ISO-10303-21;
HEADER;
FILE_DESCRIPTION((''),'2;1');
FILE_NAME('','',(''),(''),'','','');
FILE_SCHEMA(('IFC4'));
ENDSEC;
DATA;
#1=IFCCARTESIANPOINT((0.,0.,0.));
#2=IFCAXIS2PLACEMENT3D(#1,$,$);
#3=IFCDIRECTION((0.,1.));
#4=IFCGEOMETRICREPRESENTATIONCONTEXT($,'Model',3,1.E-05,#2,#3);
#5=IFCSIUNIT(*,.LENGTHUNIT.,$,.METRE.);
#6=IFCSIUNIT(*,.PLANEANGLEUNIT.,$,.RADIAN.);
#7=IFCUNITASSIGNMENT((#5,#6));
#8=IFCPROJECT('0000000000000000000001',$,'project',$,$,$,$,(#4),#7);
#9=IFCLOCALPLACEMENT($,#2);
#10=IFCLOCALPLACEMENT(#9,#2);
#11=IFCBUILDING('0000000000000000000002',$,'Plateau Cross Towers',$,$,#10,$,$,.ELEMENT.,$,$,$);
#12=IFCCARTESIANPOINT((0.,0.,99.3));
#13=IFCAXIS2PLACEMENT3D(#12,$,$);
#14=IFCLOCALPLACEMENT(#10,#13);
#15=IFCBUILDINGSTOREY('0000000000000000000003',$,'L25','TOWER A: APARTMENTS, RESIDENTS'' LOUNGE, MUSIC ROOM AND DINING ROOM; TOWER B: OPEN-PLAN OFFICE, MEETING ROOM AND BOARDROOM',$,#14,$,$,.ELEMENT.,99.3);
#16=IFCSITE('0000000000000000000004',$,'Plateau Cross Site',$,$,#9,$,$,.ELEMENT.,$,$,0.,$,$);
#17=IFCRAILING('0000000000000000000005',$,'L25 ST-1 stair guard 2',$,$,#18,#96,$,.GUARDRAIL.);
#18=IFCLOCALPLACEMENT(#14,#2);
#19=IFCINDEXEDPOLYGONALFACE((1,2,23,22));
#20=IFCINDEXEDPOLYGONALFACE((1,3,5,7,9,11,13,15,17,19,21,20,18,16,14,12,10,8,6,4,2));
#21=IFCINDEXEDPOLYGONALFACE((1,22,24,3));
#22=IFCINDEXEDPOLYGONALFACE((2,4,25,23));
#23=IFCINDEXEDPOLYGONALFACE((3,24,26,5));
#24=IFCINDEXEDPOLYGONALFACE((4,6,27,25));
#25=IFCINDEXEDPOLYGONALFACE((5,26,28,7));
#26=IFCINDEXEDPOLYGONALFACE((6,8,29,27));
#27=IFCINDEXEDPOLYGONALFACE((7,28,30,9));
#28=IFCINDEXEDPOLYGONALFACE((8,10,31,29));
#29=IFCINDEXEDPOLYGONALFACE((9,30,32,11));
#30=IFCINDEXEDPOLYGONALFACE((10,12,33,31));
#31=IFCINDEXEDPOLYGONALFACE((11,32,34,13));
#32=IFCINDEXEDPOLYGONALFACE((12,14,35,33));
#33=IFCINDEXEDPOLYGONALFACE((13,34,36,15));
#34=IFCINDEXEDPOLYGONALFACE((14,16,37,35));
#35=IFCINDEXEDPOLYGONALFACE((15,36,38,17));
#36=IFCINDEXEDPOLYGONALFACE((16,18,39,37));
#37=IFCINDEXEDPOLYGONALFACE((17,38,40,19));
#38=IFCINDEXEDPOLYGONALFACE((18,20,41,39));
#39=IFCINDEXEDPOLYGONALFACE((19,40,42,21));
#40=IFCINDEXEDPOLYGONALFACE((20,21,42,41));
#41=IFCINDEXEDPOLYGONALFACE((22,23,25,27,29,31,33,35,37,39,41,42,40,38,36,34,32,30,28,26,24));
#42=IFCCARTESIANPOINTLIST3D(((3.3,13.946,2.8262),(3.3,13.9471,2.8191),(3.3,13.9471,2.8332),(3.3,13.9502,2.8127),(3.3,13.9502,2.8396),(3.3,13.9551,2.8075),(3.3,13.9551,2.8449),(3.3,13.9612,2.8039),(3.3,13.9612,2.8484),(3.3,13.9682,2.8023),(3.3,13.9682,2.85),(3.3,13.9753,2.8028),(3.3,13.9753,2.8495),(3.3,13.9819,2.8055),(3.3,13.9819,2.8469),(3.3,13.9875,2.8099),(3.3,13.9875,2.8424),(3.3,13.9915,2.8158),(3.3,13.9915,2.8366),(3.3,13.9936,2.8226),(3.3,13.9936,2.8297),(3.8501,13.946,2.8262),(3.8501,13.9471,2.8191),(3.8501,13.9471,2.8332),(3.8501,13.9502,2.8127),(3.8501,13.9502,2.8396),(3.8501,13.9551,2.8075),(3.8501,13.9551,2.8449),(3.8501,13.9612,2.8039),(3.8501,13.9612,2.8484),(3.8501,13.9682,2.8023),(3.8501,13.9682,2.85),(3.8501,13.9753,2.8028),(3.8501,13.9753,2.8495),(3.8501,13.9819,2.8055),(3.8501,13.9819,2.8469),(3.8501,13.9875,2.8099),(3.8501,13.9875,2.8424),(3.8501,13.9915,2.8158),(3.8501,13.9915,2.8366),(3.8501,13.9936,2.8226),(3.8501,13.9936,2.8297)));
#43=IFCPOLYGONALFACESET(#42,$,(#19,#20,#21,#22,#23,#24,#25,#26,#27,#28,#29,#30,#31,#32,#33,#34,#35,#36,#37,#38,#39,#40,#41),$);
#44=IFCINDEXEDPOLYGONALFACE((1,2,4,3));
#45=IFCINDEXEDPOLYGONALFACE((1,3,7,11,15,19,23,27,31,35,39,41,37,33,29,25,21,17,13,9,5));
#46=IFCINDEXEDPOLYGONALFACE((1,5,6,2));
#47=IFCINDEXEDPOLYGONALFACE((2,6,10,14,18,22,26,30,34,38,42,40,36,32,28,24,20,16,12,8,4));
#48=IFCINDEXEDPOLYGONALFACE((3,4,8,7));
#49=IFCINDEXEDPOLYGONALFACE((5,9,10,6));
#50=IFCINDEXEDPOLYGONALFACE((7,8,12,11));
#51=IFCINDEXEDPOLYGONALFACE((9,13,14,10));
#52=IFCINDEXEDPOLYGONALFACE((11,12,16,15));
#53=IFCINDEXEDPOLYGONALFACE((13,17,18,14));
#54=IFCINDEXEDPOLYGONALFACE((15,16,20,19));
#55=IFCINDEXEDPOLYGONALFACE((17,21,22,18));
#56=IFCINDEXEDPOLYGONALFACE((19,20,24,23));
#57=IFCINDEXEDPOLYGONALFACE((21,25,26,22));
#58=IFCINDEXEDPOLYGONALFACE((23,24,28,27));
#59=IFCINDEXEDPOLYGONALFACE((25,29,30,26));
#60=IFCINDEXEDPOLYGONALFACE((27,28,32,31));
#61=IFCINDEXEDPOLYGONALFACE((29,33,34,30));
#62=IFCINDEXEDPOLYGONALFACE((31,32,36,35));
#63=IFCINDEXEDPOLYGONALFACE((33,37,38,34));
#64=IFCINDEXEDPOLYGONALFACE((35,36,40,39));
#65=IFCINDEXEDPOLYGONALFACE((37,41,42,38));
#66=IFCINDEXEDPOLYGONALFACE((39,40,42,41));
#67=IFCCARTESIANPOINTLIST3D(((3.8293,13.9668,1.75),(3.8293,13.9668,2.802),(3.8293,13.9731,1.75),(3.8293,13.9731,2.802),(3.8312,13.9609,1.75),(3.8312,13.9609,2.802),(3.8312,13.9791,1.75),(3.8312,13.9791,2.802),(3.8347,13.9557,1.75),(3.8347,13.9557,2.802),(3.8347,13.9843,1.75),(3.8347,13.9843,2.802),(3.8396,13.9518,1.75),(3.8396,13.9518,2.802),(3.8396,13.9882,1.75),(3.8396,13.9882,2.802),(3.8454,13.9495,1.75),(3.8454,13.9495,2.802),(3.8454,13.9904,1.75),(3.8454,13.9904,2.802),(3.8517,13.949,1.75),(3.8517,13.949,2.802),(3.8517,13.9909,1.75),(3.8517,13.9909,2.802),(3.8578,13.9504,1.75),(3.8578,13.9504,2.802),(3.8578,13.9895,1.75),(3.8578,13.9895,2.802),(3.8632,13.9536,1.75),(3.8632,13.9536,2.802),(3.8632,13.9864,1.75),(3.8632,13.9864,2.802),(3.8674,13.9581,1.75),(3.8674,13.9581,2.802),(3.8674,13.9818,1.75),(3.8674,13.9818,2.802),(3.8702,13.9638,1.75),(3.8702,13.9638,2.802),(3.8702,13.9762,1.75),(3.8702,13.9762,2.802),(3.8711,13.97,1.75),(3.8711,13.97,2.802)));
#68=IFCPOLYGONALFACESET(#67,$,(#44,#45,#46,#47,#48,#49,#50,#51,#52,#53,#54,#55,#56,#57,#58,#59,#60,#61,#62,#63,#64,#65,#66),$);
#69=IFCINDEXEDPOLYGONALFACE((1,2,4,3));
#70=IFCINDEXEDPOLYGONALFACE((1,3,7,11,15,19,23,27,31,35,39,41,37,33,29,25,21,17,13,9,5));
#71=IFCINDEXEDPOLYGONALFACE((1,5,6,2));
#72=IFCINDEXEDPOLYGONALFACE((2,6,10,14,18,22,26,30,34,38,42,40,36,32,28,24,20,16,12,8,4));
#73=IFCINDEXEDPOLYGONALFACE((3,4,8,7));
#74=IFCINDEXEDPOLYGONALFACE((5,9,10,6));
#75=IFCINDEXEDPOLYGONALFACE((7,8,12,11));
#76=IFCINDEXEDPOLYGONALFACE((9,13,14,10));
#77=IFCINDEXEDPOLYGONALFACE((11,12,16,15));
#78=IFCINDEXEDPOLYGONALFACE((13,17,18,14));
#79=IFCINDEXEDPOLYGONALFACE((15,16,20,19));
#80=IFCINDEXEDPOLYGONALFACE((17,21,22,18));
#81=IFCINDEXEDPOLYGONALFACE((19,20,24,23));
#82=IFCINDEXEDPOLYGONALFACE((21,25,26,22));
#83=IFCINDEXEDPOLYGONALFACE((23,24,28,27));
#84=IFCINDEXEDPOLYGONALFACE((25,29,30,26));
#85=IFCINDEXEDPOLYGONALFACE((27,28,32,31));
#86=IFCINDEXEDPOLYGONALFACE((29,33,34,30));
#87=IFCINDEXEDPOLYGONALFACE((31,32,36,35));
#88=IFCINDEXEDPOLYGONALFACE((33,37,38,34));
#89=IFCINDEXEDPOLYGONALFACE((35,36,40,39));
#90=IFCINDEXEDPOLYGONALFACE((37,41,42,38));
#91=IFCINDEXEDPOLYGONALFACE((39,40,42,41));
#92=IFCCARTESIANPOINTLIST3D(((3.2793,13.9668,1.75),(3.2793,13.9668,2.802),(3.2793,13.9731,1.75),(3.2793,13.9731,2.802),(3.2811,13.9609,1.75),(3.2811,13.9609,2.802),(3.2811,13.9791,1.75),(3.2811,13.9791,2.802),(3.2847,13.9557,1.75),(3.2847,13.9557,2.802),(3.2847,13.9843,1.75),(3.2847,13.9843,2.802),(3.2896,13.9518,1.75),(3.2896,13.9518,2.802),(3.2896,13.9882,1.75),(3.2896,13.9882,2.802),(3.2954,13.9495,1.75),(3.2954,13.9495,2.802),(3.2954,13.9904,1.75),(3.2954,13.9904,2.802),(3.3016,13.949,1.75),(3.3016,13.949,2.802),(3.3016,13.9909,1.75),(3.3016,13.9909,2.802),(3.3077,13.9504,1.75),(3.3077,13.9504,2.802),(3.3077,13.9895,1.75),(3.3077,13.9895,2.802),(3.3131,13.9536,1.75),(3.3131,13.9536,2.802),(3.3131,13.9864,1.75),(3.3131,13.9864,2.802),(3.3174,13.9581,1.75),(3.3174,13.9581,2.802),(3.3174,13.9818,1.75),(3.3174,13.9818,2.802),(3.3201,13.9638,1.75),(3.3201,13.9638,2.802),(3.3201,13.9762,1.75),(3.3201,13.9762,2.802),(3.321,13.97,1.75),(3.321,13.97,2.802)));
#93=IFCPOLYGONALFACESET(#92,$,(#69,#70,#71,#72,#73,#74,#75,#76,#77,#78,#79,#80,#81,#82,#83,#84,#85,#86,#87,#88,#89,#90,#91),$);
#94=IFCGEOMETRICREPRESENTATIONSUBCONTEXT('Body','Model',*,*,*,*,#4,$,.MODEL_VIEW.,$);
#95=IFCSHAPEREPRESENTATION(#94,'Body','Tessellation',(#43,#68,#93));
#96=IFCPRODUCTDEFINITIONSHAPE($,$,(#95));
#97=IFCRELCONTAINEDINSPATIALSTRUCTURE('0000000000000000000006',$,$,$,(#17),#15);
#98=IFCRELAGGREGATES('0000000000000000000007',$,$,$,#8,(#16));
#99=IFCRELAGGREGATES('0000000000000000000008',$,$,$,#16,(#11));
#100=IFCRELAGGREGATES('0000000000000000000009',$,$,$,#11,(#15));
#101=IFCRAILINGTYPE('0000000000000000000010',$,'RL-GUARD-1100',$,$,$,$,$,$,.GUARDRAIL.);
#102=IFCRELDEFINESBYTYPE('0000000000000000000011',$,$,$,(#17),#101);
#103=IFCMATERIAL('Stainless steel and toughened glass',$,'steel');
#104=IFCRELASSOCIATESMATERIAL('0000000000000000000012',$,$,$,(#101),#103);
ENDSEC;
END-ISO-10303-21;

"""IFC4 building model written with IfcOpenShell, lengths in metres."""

from ifc_helpers import new_model, si_unit, direction, frame, origin, origin_2d, place, context, subcontext, project, spatial, circle, extrude, material, type_object, element, save


model = new_model("IFC4")

# Units and contexts
model_context = context("Model", 3, precision=1e-05, world=origin(), true_north=direction((0.0, 1.0)))
body_context = subcontext(model_context, "Body", "Model", "MODEL_VIEW")
ifc_project = project(units=[si_unit("LENGTHUNIT", "METRE"), si_unit("PLANEANGLEUNIT", "RADIAN")], contexts=[model_context])

# Site, building, storey
site_placement = place(None, origin())
site = spatial("IfcSite", under=ifc_project, at=site_placement, Name="Plateau Cross Site", CompositionType="ELEMENT", RefElevation=0.0)
building_placement = place(site_placement, origin())
building = spatial("IfcBuilding", under=site, at=building_placement, Name="Plateau Cross Towers", CompositionType="ELEMENT")
storey_placement = place(building_placement, frame((0.0, 0.0, 99.3)))
storey = spatial("IfcBuildingStorey", under=building, at=storey_placement, Name="L25", Description="TOWER A: APARTMENTS, RESIDENTS' LOUNGE, MUSIC ROOM AND DINING ROOM; TOWER B: OPEN-PLAN OFFICE, MEETING ROOM AND BOARDROOM", CompositionType="ELEMENT", Elevation=99.3)

# Railing
ifc_material_1 = material(Name="Stainless steel and toughened glass", Category="steel")
railing_type_1 = type_object("IfcRailingType", Name="RL-GUARD-1100", PredefinedType="GUARDRAIL", material=ifc_material_1)
railing_1_placement = place(storey_placement, frame((3.8501, 13.97, 1.75)))
element("IfcRailing", 1, at=railing_1_placement, inside=storey, type_object=railing_type_1, Name="L25 ST-1 stair guard 2", PredefinedType="GUARDRAIL", context=body_context, shape_type="SweptSolid", body=[
    extrude(circle(Radius=0.0239, at=origin_2d()), frame((0.0, 0.0, 1.0762), z_axis=(-1.0, 0.0, 0.0), x_axis=(0.0, -1.0, 0.0)), (0.0, 0.0, 1.0), 0.55),
    extrude(circle(Radius=0.021, at=origin_2d()), origin(), (0.0, 0.0, 1.0), 1.052),
    extrude(circle(Radius=0.021, at=origin_2d()), frame((-0.55, 0.0, 0.0)), (0.0, 0.0, 1.0), 1.052),
])

save(model, "model.ifc")
